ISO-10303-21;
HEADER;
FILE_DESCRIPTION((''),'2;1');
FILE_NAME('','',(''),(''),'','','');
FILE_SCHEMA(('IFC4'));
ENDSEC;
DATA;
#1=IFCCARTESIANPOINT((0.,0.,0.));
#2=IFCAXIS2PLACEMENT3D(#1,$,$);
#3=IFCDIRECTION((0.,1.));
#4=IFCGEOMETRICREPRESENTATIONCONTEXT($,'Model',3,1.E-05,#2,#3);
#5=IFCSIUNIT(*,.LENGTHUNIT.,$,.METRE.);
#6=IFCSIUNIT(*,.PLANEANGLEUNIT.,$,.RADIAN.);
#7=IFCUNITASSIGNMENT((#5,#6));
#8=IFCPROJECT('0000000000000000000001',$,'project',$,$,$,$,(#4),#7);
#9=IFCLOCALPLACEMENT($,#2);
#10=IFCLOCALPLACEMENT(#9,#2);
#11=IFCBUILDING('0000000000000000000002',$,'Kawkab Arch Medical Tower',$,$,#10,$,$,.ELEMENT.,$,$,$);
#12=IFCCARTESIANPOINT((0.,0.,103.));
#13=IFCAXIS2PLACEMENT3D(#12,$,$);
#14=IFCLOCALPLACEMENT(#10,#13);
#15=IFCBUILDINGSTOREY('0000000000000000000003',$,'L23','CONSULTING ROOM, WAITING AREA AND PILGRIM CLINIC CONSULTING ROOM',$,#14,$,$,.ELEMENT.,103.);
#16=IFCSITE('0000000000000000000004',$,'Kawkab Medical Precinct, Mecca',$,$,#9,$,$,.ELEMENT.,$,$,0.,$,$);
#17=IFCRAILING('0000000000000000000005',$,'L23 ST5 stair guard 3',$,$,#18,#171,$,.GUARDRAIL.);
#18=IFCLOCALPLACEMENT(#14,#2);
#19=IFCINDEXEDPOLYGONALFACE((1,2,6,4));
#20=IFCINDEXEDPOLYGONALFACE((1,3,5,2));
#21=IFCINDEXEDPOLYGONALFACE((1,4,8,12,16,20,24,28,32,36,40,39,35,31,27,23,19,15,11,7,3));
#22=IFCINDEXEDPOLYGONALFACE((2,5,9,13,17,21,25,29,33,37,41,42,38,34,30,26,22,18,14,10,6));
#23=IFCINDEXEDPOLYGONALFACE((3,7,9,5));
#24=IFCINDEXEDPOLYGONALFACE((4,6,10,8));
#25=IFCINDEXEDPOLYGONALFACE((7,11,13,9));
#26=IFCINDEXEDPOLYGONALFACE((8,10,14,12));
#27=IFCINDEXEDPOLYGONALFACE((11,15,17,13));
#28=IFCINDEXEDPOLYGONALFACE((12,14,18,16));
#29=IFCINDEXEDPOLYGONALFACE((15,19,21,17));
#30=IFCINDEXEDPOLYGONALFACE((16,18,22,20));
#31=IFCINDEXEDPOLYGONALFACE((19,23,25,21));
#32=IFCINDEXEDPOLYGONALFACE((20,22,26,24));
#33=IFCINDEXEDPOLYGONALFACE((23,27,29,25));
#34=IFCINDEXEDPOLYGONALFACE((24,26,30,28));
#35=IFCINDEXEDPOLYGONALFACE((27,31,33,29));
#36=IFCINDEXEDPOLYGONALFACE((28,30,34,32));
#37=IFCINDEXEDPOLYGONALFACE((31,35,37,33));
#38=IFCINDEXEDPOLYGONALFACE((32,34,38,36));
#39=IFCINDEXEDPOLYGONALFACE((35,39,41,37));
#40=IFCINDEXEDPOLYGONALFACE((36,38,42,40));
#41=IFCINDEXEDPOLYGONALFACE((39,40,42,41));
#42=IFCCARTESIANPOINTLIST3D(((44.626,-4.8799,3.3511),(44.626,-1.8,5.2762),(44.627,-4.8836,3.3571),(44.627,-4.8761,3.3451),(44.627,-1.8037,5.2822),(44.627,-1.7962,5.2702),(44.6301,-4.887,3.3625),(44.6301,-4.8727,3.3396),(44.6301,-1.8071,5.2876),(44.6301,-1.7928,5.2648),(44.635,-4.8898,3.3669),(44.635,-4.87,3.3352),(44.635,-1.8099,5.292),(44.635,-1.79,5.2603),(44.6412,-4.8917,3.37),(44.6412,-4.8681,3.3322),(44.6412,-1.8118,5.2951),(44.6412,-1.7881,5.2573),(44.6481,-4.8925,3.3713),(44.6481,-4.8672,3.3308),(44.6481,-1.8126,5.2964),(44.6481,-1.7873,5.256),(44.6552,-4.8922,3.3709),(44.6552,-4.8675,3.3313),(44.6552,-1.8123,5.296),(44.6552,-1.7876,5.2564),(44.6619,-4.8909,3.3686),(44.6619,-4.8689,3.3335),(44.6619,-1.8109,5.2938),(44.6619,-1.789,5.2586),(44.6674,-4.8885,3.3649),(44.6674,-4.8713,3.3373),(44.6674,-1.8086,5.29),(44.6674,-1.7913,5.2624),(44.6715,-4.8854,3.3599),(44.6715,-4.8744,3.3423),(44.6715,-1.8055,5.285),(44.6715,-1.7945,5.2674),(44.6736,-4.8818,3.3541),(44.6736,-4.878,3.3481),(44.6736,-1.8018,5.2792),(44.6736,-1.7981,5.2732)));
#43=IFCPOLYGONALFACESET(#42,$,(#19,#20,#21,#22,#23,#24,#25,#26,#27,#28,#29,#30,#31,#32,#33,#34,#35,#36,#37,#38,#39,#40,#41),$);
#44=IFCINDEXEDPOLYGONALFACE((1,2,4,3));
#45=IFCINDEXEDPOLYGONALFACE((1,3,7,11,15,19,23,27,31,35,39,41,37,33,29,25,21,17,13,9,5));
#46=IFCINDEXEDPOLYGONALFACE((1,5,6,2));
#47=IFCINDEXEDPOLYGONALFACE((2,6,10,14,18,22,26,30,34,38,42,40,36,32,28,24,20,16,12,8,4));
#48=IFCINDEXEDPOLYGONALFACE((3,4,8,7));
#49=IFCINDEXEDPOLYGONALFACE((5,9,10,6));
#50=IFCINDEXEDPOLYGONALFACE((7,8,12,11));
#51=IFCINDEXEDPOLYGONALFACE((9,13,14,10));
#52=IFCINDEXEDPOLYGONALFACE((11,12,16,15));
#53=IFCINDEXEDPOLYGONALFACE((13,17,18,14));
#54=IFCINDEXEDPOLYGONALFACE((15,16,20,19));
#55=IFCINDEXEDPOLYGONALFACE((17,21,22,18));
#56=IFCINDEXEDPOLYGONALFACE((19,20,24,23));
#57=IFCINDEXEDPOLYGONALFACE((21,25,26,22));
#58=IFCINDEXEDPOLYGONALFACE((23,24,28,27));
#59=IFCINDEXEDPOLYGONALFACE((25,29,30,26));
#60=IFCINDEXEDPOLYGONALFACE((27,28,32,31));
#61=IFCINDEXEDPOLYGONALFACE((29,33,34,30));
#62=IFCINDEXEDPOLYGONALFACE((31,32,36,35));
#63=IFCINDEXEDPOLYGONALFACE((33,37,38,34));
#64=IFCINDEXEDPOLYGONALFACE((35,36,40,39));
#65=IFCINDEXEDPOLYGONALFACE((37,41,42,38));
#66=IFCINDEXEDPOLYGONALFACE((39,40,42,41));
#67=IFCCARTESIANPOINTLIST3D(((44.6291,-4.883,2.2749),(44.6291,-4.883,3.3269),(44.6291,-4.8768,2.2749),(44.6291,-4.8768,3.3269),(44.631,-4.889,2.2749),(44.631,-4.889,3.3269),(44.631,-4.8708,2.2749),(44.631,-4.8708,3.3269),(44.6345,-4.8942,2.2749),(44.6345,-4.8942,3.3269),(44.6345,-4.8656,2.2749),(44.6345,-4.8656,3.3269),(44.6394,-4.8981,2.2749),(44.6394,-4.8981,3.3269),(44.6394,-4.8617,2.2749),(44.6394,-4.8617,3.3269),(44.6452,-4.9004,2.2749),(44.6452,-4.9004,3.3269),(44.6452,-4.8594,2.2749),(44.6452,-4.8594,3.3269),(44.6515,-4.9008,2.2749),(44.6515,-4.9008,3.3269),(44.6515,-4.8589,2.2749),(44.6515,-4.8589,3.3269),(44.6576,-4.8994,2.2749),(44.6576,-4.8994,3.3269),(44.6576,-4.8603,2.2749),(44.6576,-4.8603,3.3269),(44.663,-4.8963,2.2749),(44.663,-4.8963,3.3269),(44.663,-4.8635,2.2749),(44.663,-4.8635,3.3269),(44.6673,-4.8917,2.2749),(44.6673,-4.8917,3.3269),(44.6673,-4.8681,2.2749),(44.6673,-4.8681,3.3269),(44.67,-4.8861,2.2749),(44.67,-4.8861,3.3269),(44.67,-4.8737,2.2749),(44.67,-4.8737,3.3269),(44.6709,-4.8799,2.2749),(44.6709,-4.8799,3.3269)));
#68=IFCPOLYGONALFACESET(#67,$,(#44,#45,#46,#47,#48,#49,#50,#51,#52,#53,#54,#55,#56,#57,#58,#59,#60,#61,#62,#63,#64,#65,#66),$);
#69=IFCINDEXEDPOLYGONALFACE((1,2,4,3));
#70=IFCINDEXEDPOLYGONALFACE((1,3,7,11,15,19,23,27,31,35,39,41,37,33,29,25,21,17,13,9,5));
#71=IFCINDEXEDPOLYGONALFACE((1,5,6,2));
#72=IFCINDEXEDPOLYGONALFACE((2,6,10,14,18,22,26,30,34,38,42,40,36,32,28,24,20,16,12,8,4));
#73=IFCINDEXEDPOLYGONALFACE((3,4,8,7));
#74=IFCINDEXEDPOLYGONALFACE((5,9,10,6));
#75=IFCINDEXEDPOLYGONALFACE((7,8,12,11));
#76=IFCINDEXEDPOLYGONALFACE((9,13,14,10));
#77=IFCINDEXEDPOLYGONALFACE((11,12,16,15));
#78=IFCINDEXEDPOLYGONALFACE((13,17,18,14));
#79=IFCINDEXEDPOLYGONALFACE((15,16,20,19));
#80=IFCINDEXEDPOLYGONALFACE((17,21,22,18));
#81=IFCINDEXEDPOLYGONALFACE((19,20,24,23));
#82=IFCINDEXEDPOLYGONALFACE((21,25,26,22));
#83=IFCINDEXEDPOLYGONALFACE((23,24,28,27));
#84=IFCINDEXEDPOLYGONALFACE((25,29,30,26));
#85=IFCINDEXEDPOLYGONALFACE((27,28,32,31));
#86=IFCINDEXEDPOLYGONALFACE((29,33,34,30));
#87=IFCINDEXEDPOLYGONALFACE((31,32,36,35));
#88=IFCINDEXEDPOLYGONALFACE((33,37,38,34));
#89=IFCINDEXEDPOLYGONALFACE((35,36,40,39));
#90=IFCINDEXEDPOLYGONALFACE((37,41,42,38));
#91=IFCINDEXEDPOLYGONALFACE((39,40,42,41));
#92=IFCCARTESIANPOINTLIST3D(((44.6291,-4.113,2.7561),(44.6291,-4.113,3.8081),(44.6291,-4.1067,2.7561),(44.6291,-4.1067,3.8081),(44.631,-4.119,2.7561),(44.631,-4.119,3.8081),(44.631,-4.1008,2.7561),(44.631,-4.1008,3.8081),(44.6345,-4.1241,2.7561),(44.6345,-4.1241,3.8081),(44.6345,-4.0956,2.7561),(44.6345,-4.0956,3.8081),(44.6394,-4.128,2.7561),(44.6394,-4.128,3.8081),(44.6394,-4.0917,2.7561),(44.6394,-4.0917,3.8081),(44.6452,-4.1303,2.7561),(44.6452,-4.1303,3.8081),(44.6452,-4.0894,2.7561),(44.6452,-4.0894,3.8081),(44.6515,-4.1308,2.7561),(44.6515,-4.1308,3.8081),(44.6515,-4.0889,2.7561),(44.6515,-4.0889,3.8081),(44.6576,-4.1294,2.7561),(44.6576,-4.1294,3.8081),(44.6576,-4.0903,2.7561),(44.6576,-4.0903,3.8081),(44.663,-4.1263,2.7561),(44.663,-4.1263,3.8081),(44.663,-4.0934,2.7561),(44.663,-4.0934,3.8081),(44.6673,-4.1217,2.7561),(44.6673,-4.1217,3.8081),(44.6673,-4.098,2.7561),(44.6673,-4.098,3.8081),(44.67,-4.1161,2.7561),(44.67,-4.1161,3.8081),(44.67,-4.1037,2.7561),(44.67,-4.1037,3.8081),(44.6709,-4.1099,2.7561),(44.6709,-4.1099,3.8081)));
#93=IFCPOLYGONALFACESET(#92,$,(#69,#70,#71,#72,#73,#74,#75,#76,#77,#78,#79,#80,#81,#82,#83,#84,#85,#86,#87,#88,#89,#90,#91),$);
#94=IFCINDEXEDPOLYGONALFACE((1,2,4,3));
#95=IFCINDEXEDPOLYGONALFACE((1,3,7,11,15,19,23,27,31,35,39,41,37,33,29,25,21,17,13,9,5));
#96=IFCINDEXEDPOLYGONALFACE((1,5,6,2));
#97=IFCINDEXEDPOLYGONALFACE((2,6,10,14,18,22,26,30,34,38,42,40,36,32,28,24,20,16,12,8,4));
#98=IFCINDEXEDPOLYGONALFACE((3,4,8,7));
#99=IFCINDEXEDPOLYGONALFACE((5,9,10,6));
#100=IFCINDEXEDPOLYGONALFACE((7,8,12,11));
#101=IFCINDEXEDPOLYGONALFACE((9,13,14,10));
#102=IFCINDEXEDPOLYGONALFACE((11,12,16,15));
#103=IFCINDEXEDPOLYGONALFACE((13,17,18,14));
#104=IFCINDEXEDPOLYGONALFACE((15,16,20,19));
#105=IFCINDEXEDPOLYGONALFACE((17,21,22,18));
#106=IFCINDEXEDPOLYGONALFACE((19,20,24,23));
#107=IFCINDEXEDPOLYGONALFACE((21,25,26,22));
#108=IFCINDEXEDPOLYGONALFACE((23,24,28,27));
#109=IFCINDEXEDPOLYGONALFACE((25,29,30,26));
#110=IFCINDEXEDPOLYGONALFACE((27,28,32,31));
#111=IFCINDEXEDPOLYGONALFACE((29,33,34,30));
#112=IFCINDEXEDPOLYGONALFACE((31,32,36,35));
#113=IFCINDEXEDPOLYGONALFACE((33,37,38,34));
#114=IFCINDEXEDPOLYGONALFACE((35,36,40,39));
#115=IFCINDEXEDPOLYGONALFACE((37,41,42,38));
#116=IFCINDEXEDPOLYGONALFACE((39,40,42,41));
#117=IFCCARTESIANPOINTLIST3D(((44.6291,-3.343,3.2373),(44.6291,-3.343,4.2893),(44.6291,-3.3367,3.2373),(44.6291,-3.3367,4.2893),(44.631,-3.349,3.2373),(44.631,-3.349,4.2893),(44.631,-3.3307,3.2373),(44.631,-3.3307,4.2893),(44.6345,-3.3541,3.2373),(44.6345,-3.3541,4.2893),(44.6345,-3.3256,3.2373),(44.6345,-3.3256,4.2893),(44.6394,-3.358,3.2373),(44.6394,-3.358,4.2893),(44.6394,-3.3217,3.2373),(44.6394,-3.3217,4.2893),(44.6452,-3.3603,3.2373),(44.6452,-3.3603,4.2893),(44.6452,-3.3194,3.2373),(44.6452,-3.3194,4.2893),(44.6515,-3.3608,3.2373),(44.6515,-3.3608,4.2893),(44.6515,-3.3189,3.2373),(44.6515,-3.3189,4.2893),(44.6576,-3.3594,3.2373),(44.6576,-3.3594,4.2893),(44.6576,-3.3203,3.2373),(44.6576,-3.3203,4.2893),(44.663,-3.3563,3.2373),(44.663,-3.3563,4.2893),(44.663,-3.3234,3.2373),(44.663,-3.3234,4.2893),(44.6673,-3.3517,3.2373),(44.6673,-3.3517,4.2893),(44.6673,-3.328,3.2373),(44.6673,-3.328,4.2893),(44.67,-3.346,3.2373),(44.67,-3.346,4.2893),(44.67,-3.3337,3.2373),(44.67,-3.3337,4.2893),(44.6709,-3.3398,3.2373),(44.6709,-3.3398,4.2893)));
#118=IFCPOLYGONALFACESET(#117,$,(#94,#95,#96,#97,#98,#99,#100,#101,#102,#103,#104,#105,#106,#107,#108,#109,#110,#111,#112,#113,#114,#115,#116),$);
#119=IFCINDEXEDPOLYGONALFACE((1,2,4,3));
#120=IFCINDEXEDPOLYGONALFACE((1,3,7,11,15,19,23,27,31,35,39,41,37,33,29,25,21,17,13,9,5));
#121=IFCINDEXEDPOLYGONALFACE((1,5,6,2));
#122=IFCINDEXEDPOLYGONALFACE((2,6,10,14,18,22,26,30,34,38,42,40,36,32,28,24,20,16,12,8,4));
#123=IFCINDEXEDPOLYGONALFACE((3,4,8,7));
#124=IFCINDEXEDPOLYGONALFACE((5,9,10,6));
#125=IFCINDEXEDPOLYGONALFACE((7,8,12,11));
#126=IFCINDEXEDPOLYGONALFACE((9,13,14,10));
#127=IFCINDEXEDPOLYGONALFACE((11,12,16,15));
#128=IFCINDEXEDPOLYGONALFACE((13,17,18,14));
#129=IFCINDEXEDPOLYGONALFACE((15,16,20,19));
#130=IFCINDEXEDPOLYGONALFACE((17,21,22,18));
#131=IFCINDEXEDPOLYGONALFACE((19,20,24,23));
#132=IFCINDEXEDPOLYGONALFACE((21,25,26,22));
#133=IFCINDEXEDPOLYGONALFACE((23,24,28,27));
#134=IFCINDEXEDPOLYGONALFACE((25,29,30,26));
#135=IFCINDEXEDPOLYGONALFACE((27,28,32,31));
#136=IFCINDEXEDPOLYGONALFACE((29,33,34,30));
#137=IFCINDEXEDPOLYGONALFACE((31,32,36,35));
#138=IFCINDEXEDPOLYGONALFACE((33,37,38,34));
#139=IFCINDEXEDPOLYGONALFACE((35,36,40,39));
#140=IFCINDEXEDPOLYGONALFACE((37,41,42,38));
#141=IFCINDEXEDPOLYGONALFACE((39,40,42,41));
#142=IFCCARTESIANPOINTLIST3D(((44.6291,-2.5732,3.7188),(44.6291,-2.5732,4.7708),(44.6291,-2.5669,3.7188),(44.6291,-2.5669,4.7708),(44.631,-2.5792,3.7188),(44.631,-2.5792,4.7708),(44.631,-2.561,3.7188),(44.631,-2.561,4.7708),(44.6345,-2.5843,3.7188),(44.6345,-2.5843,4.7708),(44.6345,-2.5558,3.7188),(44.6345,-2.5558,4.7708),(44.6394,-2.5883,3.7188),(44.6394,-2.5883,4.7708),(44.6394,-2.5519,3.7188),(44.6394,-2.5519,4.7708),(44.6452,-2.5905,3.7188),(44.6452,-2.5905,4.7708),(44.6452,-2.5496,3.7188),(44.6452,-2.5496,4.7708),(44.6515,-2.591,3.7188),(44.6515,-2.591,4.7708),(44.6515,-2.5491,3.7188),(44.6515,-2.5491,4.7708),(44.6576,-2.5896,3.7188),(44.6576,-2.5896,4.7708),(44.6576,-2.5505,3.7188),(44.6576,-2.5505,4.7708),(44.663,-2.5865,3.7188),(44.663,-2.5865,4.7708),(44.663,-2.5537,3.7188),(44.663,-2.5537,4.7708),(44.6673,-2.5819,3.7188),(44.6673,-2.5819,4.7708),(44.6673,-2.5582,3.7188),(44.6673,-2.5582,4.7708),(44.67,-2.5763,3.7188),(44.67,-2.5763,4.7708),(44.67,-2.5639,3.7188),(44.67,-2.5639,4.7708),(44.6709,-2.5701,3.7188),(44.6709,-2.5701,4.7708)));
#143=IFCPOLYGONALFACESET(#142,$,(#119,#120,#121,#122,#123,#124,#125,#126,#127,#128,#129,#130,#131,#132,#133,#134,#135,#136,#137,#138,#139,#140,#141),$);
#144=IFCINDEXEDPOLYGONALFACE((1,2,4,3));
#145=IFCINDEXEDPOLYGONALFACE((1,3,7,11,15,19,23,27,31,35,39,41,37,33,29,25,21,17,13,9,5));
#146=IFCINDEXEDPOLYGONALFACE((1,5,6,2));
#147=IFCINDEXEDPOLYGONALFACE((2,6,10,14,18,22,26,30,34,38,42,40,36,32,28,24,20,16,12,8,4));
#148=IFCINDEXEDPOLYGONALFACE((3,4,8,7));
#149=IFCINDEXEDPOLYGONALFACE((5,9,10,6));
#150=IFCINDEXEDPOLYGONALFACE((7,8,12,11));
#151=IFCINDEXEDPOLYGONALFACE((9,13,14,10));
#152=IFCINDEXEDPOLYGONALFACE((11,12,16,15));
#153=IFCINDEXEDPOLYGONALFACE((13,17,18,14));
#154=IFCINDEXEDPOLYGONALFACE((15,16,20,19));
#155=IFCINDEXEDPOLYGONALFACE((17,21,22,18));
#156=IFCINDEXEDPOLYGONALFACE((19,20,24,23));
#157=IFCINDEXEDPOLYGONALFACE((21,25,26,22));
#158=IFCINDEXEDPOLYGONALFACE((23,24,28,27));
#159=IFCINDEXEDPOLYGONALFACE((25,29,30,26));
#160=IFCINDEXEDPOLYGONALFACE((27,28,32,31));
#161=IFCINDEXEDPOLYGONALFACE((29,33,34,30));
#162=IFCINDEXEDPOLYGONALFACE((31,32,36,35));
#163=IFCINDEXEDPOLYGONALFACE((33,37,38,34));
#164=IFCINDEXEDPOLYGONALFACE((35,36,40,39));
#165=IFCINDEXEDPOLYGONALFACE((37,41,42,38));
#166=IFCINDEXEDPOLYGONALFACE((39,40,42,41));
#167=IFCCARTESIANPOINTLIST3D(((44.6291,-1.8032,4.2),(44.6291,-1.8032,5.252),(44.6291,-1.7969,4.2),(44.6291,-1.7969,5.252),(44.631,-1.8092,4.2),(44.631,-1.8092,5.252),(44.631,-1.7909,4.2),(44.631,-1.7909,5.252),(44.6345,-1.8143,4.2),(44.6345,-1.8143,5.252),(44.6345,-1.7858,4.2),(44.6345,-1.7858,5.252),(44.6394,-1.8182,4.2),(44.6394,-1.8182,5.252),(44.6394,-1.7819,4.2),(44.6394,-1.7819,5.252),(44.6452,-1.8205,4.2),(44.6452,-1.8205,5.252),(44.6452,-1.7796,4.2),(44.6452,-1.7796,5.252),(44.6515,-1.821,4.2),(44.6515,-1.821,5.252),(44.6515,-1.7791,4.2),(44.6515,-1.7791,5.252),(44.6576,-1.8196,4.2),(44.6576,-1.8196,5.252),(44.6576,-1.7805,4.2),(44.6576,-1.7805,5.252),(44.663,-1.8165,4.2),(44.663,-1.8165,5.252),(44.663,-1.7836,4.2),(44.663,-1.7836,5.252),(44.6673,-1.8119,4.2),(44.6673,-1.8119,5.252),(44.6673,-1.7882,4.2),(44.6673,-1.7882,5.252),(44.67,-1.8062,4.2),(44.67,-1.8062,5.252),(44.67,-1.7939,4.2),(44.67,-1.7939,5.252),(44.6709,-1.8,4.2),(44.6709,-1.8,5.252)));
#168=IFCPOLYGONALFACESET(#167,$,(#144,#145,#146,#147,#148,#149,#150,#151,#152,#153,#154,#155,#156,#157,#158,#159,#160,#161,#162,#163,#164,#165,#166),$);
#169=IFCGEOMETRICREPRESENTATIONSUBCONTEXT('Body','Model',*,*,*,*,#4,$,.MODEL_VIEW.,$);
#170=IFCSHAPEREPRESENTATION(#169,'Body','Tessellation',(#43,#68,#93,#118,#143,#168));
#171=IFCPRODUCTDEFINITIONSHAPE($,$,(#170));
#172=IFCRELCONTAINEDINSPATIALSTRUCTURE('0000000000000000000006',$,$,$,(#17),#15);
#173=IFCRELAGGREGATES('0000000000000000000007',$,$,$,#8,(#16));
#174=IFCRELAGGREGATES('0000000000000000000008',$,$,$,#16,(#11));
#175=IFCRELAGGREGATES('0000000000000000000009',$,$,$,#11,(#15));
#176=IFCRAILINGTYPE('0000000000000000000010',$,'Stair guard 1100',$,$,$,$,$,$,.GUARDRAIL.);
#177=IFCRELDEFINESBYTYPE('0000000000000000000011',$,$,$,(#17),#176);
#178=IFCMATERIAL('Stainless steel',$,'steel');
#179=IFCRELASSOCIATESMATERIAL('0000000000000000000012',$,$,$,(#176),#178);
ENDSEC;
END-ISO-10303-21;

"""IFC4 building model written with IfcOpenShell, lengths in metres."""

from ifc_helpers import new_model, si_unit, direction, frame, origin, origin_2d, place, context, subcontext, project, spatial, circle, extrude, material, type_object, element, save


model = new_model("IFC4")

# Units and contexts
model_context = context("Model", 3, precision=1e-05, world=origin(), true_north=direction((0.0, 1.0)))
body_context = subcontext(model_context, "Body", "Model", "MODEL_VIEW")
ifc_project = project(units=[si_unit("LENGTHUNIT", "METRE"), si_unit("PLANEANGLEUNIT", "RADIAN")], contexts=[model_context])

# Site, building, storey
site_placement = place(None, origin())
site = spatial("IfcSite", under=ifc_project, at=site_placement, Name="Kawkab Medical Precinct, Mecca", CompositionType="ELEMENT", RefElevation=0.0)
building_placement = place(site_placement, origin())
building = spatial("IfcBuilding", under=site, at=building_placement, Name="Kawkab Arch Medical Tower", CompositionType="ELEMENT")
storey_placement = place(building_placement, frame((0.0, 0.0, 103.0)))
storey = spatial("IfcBuildingStorey", under=building, at=storey_placement, Name="L23", Description="CONSULTING ROOM, WAITING AREA AND PILGRIM CLINIC CONSULTING ROOM", CompositionType="ELEMENT", Elevation=103.0)

# Railing
ifc_material_1 = material(Name="Stainless steel", Category="steel")
railing_type = type_object("IfcRailingType", Name="Stair guard 1100", PredefinedType="GUARDRAIL", material=ifc_material_1)
railing_1_placement = place(storey_placement, frame((44.6499, -4.8799, 2.2749)))
element("IfcRailing", 1, at=railing_1_placement, inside=storey, type_object=railing_type, Name="L23 ST5 stair guard 3", PredefinedType="GUARDRAIL", context=body_context, shape_type="SweptSolid", body=[
    extrude(circle(Radius=0.0239, at=origin_2d()), frame((0.0, 0.0, 1.0762), z_axis=(0.0, 0.847979, 0.530029), x_axis=(-1.0, 0.0, 0.0)), (0.0, 0.0, 1.0), 3.6321),
    extrude(circle(Radius=0.021, at=origin_2d()), origin(), (0.0, 0.0, 1.0), 1.052),
    extrude(circle(Radius=0.021, at=origin_2d()), frame((0.0, 0.77, 0.4812)), (0.0, 0.0, 1.0), 1.052),
    extrude(circle(Radius=0.021, at=origin_2d()), frame((0.0, 1.54, 0.9624)), (0.0, 0.0, 1.0), 1.052),
    extrude(circle(Radius=0.021, at=origin_2d()), frame((0.0, 2.3098, 1.4438)), (0.0, 0.0, 1.0), 1.052),
    extrude(circle(Radius=0.021, at=origin_2d()), frame((0.0, 3.0798, 1.925)), (0.0, 0.0, 1.0), 1.052),
])

save(model, "model.ifc")
